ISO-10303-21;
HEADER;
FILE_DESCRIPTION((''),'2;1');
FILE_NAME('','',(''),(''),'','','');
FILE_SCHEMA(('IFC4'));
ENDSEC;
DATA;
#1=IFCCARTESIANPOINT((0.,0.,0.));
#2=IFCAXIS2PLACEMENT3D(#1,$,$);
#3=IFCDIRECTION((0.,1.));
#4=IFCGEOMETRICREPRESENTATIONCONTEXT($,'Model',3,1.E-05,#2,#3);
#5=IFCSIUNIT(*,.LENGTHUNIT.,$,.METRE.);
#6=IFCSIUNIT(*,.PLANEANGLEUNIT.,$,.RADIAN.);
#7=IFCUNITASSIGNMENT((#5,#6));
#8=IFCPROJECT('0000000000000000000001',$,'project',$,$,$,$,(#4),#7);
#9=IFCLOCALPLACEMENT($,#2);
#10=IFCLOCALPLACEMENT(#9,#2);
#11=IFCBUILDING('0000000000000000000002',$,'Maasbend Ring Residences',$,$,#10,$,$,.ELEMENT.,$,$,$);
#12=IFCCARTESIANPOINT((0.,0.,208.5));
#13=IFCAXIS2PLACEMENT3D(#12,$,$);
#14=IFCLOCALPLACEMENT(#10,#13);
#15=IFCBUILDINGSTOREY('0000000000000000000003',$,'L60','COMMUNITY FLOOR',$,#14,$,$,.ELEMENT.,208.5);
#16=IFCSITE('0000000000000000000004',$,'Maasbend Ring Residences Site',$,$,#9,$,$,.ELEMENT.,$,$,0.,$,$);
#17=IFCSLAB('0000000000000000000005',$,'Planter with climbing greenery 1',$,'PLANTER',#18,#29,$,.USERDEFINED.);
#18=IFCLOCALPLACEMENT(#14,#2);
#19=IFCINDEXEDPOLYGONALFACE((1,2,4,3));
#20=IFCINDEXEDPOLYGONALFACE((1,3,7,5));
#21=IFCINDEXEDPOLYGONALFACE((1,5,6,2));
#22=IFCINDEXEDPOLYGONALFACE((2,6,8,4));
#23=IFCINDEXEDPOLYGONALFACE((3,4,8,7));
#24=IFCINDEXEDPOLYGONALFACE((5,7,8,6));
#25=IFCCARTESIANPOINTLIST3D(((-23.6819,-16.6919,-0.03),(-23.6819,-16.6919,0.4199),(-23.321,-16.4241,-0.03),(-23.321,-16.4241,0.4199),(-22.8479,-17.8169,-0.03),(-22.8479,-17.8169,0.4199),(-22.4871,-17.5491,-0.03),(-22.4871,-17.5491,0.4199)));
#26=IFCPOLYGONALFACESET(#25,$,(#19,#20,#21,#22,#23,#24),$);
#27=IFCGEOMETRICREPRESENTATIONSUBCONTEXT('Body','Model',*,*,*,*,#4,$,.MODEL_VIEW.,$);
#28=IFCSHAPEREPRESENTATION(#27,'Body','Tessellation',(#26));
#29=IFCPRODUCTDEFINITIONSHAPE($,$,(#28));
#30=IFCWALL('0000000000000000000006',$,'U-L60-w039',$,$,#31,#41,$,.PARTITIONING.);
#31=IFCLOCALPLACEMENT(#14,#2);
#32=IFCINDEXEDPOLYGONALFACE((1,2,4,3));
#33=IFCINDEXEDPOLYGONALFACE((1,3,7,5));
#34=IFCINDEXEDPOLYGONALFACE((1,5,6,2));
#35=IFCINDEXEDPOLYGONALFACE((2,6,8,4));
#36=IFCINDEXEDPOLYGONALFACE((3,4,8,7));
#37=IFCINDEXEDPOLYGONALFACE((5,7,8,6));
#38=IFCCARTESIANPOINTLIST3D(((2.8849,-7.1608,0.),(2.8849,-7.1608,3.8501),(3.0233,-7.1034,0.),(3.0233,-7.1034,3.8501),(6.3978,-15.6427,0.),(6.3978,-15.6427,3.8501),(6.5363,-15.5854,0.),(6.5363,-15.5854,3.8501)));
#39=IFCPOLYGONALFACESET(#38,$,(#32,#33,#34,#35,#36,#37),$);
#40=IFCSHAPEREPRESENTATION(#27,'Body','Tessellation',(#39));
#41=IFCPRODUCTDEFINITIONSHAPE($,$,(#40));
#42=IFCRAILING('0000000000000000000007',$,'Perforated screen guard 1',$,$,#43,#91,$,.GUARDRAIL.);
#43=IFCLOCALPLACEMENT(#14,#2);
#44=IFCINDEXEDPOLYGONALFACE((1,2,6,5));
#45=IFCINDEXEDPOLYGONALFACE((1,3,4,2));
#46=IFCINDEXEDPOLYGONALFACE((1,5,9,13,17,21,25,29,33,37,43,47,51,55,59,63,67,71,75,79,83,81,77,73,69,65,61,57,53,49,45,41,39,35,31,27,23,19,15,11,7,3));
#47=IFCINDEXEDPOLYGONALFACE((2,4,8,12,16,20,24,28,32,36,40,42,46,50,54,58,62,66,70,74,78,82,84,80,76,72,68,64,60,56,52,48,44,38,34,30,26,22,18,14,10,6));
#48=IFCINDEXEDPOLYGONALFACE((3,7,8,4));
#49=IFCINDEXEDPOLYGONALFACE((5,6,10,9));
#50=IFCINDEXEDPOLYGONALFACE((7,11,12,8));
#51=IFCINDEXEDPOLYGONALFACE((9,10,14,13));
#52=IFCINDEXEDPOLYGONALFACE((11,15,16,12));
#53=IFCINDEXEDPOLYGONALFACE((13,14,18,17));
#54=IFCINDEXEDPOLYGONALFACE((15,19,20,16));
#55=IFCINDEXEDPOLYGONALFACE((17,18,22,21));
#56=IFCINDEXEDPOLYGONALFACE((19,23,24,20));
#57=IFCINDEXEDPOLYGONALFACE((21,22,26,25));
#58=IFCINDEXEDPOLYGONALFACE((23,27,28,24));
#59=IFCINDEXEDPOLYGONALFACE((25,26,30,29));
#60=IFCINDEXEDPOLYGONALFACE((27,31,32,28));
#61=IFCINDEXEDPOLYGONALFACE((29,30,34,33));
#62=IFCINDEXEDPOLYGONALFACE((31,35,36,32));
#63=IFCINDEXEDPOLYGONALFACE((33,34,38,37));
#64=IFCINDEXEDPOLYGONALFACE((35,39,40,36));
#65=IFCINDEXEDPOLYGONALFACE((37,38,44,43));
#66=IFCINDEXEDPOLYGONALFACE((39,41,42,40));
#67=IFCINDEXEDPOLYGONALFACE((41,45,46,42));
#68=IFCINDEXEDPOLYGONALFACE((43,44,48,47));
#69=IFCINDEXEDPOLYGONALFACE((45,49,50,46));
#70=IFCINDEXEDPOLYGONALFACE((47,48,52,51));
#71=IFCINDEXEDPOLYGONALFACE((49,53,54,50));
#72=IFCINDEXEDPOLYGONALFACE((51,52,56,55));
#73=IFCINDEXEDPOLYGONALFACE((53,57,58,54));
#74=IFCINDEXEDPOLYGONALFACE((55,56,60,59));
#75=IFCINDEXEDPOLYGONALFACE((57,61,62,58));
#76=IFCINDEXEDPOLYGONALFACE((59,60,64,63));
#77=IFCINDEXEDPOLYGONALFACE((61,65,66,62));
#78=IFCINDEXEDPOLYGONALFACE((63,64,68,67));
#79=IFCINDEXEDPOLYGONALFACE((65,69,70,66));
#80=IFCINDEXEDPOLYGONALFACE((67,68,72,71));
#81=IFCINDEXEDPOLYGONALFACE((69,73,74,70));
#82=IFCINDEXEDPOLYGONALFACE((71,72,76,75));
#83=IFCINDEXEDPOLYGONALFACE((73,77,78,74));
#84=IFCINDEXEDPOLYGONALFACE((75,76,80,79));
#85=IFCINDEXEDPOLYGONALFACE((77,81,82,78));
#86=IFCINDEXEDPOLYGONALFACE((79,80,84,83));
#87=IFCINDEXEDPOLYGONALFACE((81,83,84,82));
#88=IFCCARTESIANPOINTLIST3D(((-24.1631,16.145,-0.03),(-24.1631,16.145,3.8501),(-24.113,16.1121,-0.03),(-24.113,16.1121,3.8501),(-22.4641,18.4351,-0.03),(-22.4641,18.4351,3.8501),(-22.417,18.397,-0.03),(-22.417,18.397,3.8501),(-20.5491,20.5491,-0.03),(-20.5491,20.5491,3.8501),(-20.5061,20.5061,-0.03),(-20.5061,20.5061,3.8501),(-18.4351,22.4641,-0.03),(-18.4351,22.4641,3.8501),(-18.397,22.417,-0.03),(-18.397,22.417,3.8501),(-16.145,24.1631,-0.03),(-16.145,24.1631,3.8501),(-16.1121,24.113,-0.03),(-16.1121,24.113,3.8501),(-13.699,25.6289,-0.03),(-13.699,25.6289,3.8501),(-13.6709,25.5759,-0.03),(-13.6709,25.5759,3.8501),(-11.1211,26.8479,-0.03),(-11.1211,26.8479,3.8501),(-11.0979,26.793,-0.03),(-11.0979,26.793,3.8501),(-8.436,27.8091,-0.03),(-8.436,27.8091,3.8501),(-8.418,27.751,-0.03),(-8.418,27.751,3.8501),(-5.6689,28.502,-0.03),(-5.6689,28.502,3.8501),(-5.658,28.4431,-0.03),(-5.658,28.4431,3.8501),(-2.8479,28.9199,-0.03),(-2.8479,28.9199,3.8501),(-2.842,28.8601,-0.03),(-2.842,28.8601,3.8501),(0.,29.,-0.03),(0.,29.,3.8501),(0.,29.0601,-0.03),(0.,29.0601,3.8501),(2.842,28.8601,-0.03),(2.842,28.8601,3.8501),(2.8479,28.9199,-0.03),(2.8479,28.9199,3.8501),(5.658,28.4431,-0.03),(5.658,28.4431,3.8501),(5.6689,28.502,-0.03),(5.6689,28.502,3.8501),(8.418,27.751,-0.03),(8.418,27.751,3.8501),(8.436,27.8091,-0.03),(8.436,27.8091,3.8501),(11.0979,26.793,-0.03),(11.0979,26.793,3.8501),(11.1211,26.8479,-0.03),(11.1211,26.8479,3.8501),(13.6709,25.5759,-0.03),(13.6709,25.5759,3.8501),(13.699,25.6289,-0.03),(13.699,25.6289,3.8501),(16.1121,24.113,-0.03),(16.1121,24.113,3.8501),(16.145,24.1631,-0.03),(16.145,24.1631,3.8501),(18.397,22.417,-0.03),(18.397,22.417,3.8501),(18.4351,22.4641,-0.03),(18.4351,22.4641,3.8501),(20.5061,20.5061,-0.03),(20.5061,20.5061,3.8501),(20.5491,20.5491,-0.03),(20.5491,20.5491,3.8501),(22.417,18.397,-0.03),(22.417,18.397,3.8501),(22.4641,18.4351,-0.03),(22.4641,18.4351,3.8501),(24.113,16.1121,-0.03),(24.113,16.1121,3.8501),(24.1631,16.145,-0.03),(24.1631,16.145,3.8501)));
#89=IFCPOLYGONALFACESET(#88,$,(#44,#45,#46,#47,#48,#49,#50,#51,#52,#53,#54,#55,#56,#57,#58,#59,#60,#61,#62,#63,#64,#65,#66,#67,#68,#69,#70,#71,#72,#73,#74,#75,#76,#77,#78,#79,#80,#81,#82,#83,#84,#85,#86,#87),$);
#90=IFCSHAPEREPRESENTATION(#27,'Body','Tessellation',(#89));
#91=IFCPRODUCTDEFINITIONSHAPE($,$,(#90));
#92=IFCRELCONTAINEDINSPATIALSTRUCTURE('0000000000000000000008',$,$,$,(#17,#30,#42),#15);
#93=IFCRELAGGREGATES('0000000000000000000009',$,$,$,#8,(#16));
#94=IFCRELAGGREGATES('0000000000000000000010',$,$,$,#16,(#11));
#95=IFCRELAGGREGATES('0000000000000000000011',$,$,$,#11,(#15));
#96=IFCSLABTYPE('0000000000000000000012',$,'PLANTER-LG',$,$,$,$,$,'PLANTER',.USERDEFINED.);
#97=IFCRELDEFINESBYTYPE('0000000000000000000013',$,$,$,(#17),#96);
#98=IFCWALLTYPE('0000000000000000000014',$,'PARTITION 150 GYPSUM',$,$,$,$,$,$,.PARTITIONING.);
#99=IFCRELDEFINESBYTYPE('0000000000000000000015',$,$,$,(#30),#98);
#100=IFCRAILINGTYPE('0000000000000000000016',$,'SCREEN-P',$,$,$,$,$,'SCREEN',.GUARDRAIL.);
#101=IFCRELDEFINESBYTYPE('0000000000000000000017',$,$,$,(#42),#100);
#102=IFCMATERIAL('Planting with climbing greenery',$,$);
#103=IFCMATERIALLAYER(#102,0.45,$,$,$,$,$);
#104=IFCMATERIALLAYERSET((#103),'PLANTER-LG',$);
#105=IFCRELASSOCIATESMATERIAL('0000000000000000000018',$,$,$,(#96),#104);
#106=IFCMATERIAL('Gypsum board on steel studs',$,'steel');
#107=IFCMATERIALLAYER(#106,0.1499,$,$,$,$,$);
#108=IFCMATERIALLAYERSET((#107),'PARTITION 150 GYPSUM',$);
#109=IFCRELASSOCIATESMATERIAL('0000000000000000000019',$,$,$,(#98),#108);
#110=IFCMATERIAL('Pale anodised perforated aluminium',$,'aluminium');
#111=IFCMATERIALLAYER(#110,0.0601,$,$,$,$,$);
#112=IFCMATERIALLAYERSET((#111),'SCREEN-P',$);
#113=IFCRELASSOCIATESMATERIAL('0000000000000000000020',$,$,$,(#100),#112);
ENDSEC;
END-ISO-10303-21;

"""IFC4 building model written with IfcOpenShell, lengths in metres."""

from ifc_helpers import new_model, si_unit, direction, frame, frame_2d, origin, place, context, subcontext, project, spatial, polyline, rectangle, outline, extrude, material, layer, layer_set, type_object, element, save


model = new_model("IFC4")

# Units and contexts
model_context = context("Model", 3, precision=1e-05, world=origin(), true_north=direction((0.0, 1.0)))
body_context = subcontext(model_context, "Body", "Model", "MODEL_VIEW")
ifc_project = project(units=[si_unit("LENGTHUNIT", "METRE"), si_unit("PLANEANGLEUNIT", "RADIAN")], contexts=[model_context])

# Site, building, storey
site_placement = place(None, origin())
site = spatial("IfcSite", under=ifc_project, at=site_placement, Name="Maasbend Ring Residences Site", CompositionType="ELEMENT", RefElevation=0.0)
building_placement = place(site_placement, origin())
building = spatial("IfcBuilding", under=site, at=building_placement, Name="Maasbend Ring Residences", CompositionType="ELEMENT")
storey_placement = place(building_placement, frame((0.0, 0.0, 208.5)))
storey = spatial("IfcBuildingStorey", under=building, at=storey_placement, Name="L60", Description="COMMUNITY FLOOR", CompositionType="ELEMENT", Elevation=208.5)

# Slab
ifc_material_1 = material(Name="Planting with climbing greenery")
ifc_layer_1 = layer(ifc_material_1, 0.45)
ifc_layer_set_1 = layer_set([ifc_layer_1], Name="PLANTER-LG")
slab_type_1 = type_object("IfcSlabType", Name="PLANTER-LG", ElementType="PLANTER", PredefinedType="USERDEFINED", material=ifc_layer_set_1)
slab_1_placement = place(storey_placement, frame((0.0, 0.0, -0.03)))
element("IfcSlab", 1, at=slab_1_placement, inside=storey, type_object=slab_type_1, Name="Planter with climbing greenery 1", ObjectType="PLANTER", PredefinedType="USERDEFINED", context=body_context, shape_type="SweptSolid", body=[
    extrude(outline(polyline([(-23.6819, -16.6919), (-22.8479, -17.8169), (-22.4871, -17.5491), (-23.321, -16.4241), (-23.6819, -16.6919)])), origin(), (0.0, 0.0, 1.0), 0.45),
])

# Wall
ifc_material_2 = material(Name="Gypsum board on steel studs", Category="steel")
ifc_layer_2 = layer(ifc_material_2, 0.1499)
ifc_layer_set_2 = layer_set([ifc_layer_2], Name="PARTITION 150 GYPSUM")
wall_type = type_object("IfcWallType", Name="PARTITION 150 GYPSUM", PredefinedType="PARTITIONING", material=ifc_layer_set_2)
wall_placement = place(storey_placement, frame((2.9541, -7.1321, 0.0), z_axis=(0.0, 0.0, 1.0), x_axis=(0.382647, -0.923895, 0.0)))
element("IfcWall", 2, at=wall_placement, inside=storey, type_object=wall_type, Name="U-L60-w039", PredefinedType="PARTITIONING", context=body_context, shape_type="SweptSolid", body=[
    extrude(rectangle(XDim=9.1807, YDim=0.1499, at=frame_2d((4.5903, 0.0))), origin(), (0.0, 0.0, 1.0), 3.8501),
])

# Railing
ifc_material_3 = material(Name="Pale anodised perforated aluminium", Category="aluminium")
ifc_layer_3 = layer(ifc_material_3, 0.0601)
ifc_layer_set_3 = layer_set([ifc_layer_3], Name="SCREEN-P")
railing_type = type_object("IfcRailingType", Name="SCREEN-P", ElementType="SCREEN", PredefinedType="GUARDRAIL", material=ifc_layer_set_3)
railing_placement = place(storey_placement, frame((0.0, 0.0, -0.03)))
element("IfcRailing", 3, at=railing_placement, inside=storey, type_object=railing_type, Name="Perforated screen guard 1", PredefinedType="GUARDRAIL", context=body_context, shape_type="SweptSolid", body=[
    extrude(outline(polyline([(24.113, 16.1121), (22.417, 18.397), (20.5061, 20.5061), (18.397, 22.417), (16.1121, 24.113), (13.6709, 25.5759), (11.0979, 26.793), (8.418, 27.751), (5.658, 28.4431), (2.842, 28.8601), (0.0, 29.0), (-2.842, 28.8601), (-5.658, 28.4431), (-8.418, 27.751), (-11.0979, 26.793), (-13.6709, 25.5759), (-16.1121, 24.113), (-18.397, 22.417), (-20.5061, 20.5061), (-22.417, 18.397), (-24.113, 16.1121), (-24.1631, 16.145), (-22.4641, 18.4351), (-20.5491, 20.5491), (-18.4351, 22.4641), (-16.145, 24.1631), (-13.699, 25.6289), (-11.1211, 26.8479), (-8.436, 27.8091), (-5.6689, 28.502), (-2.8479, 28.9199), (0.0, 29.0601), (2.8479, 28.9199), (5.6689, 28.502), (8.436, 27.8091), (11.1211, 26.8479), (13.699, 25.6289), (16.145, 24.1631), (18.4351, 22.4641), (20.5491, 20.5491), (22.4641, 18.4351), (24.1631, 16.145), (24.113, 16.1121)])), origin(), (0.0, 0.0, 1.0), 3.8801),
])

save(model, "model.ifc")
